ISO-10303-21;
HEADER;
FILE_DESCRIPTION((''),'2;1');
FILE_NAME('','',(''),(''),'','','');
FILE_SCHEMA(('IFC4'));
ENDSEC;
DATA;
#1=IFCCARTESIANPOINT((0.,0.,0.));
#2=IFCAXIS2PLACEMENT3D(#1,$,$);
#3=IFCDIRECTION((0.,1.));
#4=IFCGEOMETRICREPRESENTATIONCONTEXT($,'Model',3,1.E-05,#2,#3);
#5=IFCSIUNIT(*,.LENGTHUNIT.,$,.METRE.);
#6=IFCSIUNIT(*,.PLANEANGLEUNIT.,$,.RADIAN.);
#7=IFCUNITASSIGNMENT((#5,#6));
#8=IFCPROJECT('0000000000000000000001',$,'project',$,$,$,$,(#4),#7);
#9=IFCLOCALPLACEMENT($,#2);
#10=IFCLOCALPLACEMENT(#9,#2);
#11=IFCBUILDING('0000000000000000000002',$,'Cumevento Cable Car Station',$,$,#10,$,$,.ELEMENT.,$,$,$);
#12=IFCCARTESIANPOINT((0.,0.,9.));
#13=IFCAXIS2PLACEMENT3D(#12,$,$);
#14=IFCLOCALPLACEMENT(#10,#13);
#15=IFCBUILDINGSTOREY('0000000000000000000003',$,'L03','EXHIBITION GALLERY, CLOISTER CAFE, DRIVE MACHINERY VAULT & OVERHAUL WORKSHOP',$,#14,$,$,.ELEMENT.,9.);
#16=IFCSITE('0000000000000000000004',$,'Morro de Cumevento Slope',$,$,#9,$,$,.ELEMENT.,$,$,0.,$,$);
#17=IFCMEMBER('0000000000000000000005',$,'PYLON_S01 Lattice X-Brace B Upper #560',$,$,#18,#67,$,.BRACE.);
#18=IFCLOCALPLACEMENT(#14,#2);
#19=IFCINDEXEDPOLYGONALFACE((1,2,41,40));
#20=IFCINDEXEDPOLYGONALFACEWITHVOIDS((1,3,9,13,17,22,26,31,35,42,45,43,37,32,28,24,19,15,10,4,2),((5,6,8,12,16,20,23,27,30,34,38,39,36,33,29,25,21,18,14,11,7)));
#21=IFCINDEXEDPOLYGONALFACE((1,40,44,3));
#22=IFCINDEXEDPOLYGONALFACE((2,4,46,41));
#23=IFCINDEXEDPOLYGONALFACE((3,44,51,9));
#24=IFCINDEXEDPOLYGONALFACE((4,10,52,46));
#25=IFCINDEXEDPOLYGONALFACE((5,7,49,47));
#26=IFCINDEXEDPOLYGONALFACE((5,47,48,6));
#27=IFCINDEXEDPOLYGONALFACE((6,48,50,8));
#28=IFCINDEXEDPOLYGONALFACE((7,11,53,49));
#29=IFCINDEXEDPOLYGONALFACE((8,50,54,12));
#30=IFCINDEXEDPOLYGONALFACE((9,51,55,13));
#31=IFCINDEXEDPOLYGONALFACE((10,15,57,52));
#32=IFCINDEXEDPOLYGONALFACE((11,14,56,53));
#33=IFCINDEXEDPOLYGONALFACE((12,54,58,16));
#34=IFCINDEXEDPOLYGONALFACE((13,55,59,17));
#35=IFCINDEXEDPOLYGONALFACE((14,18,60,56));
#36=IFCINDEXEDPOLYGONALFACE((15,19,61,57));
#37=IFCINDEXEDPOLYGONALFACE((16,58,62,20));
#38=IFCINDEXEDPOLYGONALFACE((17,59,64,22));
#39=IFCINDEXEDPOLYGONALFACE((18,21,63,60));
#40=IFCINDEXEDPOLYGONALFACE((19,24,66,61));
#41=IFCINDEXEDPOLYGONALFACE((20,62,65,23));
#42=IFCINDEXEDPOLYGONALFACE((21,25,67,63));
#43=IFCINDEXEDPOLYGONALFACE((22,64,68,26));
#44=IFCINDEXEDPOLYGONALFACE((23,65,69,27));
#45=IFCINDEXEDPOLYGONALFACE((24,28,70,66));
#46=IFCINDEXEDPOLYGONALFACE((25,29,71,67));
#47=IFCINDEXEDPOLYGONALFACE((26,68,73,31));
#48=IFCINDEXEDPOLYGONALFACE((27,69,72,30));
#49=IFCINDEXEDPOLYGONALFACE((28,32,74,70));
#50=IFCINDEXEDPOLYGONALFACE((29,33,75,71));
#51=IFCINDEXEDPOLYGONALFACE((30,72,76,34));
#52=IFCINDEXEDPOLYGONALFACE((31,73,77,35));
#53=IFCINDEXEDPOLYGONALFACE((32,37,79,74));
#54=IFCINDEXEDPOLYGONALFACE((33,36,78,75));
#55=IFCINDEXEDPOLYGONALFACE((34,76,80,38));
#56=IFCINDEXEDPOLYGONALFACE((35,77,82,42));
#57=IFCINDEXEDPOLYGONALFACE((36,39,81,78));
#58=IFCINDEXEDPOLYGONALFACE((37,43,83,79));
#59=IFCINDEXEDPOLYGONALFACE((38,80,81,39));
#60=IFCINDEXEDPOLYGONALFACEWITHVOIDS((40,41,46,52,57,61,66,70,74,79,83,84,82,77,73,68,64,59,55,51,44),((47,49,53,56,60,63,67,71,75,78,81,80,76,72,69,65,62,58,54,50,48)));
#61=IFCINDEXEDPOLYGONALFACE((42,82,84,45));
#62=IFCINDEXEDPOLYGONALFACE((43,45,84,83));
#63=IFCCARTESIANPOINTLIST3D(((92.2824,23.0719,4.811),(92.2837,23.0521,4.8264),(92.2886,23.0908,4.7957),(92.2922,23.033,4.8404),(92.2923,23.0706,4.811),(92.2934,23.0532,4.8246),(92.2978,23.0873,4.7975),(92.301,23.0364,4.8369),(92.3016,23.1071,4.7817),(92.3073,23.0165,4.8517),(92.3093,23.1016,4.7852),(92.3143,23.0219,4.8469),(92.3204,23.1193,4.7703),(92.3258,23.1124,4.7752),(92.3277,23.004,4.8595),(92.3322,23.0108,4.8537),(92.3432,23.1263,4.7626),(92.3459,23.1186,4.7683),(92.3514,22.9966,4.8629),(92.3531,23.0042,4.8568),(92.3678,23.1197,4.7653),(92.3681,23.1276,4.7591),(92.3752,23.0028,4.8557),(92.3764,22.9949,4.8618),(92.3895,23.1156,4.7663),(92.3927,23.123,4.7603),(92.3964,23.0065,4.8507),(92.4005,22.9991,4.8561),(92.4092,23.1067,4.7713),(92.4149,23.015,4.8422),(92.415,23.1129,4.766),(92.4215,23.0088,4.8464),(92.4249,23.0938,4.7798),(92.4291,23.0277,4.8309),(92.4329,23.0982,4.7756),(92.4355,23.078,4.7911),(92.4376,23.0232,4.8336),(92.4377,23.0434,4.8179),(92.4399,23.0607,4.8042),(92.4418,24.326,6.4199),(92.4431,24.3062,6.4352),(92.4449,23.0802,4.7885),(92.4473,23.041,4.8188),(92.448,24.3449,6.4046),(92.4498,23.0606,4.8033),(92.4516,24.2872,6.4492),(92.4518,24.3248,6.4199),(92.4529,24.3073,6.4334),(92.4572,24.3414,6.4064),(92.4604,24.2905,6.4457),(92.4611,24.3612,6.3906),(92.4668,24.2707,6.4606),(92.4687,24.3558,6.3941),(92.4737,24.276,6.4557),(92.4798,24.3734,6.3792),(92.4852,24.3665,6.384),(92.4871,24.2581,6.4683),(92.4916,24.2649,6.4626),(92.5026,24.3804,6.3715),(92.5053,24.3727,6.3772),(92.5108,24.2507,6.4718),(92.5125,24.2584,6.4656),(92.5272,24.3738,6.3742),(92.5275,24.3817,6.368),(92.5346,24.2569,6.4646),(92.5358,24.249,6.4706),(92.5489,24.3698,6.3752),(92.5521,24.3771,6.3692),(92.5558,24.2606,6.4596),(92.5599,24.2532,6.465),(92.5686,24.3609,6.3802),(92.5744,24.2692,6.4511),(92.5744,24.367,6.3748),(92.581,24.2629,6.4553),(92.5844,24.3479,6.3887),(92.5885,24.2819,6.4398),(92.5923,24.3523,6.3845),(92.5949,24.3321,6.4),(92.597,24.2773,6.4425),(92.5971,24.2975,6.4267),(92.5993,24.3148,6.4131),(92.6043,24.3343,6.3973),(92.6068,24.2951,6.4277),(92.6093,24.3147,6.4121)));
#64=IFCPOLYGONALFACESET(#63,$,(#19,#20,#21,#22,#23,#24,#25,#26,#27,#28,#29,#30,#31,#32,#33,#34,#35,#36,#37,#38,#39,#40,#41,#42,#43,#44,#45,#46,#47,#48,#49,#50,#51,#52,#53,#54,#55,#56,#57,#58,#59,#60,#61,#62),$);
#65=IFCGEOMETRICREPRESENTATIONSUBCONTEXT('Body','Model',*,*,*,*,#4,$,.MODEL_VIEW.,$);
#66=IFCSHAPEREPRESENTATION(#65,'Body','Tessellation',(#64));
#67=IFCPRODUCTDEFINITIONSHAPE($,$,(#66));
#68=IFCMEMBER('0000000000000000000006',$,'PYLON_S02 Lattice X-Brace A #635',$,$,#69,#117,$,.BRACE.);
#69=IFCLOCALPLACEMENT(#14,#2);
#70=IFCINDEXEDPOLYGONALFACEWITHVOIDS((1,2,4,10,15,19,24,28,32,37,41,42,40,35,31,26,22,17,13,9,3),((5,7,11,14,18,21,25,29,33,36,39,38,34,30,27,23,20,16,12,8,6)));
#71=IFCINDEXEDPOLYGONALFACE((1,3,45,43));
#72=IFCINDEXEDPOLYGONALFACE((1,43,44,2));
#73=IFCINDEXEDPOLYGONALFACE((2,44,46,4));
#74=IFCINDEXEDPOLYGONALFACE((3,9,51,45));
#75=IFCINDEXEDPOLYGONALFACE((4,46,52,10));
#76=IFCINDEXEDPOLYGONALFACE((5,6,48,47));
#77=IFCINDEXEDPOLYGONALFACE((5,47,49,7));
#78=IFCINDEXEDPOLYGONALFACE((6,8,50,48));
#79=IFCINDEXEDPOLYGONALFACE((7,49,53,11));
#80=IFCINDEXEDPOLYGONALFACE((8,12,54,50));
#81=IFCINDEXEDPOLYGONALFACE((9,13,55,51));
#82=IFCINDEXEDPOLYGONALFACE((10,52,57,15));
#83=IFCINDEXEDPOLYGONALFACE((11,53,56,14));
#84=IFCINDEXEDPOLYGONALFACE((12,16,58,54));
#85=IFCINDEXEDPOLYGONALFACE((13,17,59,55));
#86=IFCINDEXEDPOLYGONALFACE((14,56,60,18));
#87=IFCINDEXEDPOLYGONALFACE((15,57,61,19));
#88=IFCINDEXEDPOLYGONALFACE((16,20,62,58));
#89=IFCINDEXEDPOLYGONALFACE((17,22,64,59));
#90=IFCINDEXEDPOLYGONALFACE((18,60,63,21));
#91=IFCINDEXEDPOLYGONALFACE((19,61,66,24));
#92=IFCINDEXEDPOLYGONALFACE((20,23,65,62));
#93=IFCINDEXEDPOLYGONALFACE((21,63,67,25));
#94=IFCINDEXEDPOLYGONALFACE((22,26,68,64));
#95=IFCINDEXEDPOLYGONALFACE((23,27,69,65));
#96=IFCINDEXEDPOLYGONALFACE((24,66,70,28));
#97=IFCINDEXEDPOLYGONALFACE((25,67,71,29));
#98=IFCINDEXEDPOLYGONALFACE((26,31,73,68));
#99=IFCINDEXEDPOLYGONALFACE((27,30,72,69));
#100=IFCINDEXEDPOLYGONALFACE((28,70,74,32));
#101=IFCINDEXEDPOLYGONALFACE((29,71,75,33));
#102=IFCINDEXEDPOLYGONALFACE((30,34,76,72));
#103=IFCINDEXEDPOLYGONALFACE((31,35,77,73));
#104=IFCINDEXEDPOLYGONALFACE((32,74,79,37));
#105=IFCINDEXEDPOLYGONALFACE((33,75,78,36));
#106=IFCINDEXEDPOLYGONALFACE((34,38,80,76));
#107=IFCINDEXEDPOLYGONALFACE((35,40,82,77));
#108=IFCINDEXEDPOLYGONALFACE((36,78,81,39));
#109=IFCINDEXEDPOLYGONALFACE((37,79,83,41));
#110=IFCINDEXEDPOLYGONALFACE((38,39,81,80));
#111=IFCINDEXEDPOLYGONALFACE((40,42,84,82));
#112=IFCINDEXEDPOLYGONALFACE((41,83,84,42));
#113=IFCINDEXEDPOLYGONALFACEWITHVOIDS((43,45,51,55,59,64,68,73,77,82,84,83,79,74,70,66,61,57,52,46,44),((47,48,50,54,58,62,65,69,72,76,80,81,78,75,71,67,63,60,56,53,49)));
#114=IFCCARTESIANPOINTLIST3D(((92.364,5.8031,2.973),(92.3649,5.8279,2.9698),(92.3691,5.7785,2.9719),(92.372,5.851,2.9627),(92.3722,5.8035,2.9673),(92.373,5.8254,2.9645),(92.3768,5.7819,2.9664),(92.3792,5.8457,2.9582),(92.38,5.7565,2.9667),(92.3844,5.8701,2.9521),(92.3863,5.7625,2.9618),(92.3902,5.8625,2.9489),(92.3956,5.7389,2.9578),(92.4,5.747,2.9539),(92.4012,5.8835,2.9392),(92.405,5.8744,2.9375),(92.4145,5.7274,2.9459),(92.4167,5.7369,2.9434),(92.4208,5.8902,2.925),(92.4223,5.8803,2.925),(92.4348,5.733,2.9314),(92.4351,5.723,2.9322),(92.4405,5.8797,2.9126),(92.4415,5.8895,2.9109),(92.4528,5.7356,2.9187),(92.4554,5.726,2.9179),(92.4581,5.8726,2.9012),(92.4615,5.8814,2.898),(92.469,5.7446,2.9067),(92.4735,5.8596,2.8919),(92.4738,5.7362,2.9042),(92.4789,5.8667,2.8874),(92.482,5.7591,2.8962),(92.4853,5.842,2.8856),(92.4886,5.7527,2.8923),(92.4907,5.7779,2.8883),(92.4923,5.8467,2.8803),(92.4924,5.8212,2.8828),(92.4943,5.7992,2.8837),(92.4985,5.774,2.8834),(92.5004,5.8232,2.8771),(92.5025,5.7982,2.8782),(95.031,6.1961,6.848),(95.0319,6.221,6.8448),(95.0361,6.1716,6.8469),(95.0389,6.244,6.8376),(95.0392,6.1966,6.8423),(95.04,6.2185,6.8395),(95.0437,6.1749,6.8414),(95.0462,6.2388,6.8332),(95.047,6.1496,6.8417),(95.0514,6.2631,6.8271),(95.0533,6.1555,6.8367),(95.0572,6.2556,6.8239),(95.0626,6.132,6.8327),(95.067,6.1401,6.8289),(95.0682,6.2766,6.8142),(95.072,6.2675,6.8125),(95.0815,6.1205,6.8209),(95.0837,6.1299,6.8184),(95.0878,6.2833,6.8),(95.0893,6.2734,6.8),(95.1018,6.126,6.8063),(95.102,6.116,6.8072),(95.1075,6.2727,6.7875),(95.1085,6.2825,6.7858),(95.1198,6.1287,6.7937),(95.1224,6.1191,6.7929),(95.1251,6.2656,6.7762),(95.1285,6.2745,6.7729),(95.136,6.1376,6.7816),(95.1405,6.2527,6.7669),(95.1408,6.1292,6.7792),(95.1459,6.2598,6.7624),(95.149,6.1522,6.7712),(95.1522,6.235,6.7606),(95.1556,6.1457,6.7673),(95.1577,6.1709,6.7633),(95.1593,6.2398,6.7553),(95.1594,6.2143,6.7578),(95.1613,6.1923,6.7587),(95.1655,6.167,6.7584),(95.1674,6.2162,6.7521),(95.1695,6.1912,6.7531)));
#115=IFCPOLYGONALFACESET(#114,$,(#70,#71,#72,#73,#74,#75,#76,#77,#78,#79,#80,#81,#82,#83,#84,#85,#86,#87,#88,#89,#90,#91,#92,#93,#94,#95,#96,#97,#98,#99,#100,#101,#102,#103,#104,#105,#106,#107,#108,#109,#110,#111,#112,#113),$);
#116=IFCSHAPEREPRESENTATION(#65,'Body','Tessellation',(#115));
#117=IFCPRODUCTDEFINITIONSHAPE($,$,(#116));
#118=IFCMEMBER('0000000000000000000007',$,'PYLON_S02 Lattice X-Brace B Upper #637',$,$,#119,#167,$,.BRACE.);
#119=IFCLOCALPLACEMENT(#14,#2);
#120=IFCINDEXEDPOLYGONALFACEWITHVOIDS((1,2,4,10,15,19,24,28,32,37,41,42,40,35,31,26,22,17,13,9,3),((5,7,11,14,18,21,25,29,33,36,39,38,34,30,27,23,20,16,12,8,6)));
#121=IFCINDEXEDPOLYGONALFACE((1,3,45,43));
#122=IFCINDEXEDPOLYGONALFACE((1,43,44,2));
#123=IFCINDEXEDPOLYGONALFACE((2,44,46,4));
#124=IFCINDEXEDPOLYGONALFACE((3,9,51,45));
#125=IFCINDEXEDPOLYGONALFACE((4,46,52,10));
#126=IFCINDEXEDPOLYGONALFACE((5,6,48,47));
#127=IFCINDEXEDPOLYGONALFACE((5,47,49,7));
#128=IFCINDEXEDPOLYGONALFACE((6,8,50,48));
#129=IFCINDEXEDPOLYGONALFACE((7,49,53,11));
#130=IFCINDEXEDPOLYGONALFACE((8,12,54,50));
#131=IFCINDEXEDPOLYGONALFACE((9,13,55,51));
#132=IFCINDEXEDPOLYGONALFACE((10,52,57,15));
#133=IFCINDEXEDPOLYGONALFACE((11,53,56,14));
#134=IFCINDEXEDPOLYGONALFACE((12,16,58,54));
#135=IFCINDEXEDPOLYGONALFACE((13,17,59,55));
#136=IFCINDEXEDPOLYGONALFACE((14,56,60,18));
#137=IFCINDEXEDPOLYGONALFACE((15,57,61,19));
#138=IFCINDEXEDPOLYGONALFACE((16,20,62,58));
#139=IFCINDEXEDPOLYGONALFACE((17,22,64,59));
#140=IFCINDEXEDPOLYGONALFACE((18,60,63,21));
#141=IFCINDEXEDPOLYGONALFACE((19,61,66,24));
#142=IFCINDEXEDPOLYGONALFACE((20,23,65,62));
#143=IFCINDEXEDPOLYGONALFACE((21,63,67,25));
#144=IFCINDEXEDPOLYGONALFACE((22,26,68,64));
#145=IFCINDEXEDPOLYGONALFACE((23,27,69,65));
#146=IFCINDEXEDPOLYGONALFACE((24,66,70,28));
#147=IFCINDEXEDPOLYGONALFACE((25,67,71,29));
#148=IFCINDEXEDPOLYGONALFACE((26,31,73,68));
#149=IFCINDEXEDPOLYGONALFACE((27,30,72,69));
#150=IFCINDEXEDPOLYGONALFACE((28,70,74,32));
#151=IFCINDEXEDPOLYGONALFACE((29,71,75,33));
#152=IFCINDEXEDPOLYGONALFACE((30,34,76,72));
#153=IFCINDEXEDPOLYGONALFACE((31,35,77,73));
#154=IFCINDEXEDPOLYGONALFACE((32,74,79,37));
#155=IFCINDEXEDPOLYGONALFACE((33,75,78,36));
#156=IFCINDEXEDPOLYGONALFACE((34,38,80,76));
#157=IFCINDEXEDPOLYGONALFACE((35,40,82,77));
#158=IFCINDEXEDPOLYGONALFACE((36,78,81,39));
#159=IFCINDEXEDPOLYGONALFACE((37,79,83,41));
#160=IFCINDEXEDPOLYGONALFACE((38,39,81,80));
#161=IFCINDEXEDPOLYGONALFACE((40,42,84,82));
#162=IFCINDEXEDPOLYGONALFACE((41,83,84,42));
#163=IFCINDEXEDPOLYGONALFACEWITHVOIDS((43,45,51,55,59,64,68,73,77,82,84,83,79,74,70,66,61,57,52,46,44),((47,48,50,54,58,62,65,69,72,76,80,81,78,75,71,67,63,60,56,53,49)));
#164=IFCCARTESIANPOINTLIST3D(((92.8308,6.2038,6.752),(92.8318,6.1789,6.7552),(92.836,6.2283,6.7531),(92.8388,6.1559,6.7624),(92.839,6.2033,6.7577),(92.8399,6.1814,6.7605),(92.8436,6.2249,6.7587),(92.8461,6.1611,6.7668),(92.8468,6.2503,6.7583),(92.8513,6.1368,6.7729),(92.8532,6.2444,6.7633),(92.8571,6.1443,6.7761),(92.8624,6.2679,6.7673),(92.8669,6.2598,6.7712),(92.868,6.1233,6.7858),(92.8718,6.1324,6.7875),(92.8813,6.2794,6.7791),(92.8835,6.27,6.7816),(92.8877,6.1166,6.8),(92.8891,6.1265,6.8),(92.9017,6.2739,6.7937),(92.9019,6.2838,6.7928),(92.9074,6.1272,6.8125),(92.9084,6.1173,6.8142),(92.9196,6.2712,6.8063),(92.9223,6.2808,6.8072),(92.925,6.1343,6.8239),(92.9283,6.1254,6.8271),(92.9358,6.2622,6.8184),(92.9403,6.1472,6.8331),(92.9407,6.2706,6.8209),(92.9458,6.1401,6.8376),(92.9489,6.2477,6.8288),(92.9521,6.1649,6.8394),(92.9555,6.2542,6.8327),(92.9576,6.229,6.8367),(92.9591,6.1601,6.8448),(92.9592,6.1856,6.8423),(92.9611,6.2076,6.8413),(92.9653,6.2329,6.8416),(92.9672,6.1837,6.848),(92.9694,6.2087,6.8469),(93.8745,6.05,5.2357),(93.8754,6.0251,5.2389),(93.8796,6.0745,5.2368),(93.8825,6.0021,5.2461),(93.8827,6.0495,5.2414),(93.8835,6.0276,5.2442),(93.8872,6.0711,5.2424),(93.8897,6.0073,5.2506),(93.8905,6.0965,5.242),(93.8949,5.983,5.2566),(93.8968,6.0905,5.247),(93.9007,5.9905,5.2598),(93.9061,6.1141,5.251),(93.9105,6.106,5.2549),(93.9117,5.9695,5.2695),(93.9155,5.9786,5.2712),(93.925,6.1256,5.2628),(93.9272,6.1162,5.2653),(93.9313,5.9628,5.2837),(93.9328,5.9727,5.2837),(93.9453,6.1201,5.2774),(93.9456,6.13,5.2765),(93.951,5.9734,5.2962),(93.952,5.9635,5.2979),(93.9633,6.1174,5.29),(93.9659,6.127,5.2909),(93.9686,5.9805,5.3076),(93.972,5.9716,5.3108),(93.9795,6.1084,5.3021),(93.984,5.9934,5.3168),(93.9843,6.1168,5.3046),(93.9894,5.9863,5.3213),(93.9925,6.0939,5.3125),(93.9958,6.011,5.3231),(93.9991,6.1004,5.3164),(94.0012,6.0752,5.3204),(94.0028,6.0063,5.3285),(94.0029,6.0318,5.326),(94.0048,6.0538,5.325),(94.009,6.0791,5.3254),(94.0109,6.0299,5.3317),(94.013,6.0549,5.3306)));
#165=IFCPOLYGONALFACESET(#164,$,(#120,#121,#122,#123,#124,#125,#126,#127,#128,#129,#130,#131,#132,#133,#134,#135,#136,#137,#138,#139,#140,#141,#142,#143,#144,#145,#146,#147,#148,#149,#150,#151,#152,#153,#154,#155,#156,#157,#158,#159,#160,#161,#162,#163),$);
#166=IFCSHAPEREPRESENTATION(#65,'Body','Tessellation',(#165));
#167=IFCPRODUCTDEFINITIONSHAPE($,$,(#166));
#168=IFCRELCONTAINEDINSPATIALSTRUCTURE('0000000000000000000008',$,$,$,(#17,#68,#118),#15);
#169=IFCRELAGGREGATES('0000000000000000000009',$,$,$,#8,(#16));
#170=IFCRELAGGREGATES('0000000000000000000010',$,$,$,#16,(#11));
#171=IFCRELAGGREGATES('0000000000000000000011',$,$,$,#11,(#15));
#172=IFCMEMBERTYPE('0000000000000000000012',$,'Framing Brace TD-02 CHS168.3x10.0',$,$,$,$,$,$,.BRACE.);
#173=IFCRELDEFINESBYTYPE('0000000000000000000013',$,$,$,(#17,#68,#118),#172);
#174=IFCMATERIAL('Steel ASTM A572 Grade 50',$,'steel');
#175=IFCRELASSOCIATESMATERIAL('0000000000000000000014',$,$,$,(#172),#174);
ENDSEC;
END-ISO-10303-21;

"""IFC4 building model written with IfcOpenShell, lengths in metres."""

from ifc_helpers import new_model, si_unit, direction, frame, origin, origin_2d, place, context, subcontext, project, spatial, hollow_circle, extrude, material, material_profile, profile_set, type_object, element, save


model = new_model("IFC4")

# Units and contexts
model_context = context("Model", 3, precision=1e-05, world=origin(), true_north=direction((0.0, 1.0)))
body_context = subcontext(model_context, "Body", "Model", "MODEL_VIEW")
ifc_project = project(units=[si_unit("LENGTHUNIT", "METRE"), si_unit("PLANEANGLEUNIT", "RADIAN")], contexts=[model_context])

# Site, building, storey
site_placement = place(None, origin())
site = spatial("IfcSite", under=ifc_project, at=site_placement, Name="Morro de Cumevento Slope", CompositionType="ELEMENT", RefElevation=0.0)
building_placement = place(site_placement, origin())
building = spatial("IfcBuilding", under=site, at=building_placement, Name="Cumevento Cable Car Station", CompositionType="ELEMENT")
storey_placement = place(building_placement, frame((0.0, 0.0, 9.0)))
storey = spatial("IfcBuildingStorey", under=building, at=storey_placement, Name="L03", Description="EXHIBITION GALLERY, CLOISTER CAFE, DRIVE MACHINERY VAULT & OVERHAUL WORKSHOP", CompositionType="ELEMENT", Elevation=9.0)

# Members
ifc_material_1 = material(Name="Steel ASTM A572 Grade 50", Category="steel")
ifc_material_profile_1 = material_profile(ifc_material_1, hollow_circle(Radius=0.0842, WallThickness=0.01, at=origin_2d()), Name="CHS168.3x10.0")
ifc_profile_set_1 = profile_set([ifc_material_profile_1], Name="Steel ASTM A572 Grade 50")
member_type_1 = type_object("IfcMemberType", Name="Framing Brace TD-02 CHS168.3x10.0", PredefinedType="BRACE", material=ifc_profile_set_1)
member_1_placement = place(storey_placement, frame((92.366, 23.0613, 4.811), z_axis=(0.077913, 0.612925, 0.786291), x_axis=(-0.992017, 0.126102, 0.0)))
element("IfcMember", 1, at=member_1_placement, inside=storey, type_object=member_type_1, Name="PYLON_S01 Lattice X-Brace B Upper #560", PredefinedType="BRACE", context=body_context, shape_type="SweptSolid", body=[
    extrude(hollow_circle(Radius=0.0842, WallThickness=0.01, at=origin_2d()), origin(), (0.0, 0.0, 1.0), 2.0461),
])
member_2_placement = place(storey_placement, frame((92.4331, 5.8069, 2.925), z_axis=(0.564983, 0.083268, 0.82089), x_axis=(-0.145807, 0.989313, 0.0)))
element("IfcMember", 2, at=member_2_placement, inside=storey, type_object=member_type_1, Name="PYLON_S02 Lattice X-Brace A #635", PredefinedType="BRACE", context=body_context, shape_type="SweptSolid", body=[
    extrude(hollow_circle(Radius=0.0842, WallThickness=0.01, at=origin_2d()), origin(), (0.0, 0.0, 1.0), 4.7205),
])
member_3_placement = place(storey_placement, frame((93.9436, 6.0461, 5.2837), z_axis=(-0.565005, 0.083264, 0.820876), x_axis=(-0.145794, -0.989315, 0.0)))
element("IfcMember", 3, at=member_3_placement, inside=storey, type_object=member_type_1, Name="PYLON_S02 Lattice X-Brace B Upper #637", PredefinedType="BRACE", context=body_context, shape_type="SweptSolid", body=[
    extrude(hollow_circle(Radius=0.0842, WallThickness=0.01, at=origin_2d()), origin(), (0.0, 0.0, 1.0), 1.8472),
])

save(model, "model.ifc")
